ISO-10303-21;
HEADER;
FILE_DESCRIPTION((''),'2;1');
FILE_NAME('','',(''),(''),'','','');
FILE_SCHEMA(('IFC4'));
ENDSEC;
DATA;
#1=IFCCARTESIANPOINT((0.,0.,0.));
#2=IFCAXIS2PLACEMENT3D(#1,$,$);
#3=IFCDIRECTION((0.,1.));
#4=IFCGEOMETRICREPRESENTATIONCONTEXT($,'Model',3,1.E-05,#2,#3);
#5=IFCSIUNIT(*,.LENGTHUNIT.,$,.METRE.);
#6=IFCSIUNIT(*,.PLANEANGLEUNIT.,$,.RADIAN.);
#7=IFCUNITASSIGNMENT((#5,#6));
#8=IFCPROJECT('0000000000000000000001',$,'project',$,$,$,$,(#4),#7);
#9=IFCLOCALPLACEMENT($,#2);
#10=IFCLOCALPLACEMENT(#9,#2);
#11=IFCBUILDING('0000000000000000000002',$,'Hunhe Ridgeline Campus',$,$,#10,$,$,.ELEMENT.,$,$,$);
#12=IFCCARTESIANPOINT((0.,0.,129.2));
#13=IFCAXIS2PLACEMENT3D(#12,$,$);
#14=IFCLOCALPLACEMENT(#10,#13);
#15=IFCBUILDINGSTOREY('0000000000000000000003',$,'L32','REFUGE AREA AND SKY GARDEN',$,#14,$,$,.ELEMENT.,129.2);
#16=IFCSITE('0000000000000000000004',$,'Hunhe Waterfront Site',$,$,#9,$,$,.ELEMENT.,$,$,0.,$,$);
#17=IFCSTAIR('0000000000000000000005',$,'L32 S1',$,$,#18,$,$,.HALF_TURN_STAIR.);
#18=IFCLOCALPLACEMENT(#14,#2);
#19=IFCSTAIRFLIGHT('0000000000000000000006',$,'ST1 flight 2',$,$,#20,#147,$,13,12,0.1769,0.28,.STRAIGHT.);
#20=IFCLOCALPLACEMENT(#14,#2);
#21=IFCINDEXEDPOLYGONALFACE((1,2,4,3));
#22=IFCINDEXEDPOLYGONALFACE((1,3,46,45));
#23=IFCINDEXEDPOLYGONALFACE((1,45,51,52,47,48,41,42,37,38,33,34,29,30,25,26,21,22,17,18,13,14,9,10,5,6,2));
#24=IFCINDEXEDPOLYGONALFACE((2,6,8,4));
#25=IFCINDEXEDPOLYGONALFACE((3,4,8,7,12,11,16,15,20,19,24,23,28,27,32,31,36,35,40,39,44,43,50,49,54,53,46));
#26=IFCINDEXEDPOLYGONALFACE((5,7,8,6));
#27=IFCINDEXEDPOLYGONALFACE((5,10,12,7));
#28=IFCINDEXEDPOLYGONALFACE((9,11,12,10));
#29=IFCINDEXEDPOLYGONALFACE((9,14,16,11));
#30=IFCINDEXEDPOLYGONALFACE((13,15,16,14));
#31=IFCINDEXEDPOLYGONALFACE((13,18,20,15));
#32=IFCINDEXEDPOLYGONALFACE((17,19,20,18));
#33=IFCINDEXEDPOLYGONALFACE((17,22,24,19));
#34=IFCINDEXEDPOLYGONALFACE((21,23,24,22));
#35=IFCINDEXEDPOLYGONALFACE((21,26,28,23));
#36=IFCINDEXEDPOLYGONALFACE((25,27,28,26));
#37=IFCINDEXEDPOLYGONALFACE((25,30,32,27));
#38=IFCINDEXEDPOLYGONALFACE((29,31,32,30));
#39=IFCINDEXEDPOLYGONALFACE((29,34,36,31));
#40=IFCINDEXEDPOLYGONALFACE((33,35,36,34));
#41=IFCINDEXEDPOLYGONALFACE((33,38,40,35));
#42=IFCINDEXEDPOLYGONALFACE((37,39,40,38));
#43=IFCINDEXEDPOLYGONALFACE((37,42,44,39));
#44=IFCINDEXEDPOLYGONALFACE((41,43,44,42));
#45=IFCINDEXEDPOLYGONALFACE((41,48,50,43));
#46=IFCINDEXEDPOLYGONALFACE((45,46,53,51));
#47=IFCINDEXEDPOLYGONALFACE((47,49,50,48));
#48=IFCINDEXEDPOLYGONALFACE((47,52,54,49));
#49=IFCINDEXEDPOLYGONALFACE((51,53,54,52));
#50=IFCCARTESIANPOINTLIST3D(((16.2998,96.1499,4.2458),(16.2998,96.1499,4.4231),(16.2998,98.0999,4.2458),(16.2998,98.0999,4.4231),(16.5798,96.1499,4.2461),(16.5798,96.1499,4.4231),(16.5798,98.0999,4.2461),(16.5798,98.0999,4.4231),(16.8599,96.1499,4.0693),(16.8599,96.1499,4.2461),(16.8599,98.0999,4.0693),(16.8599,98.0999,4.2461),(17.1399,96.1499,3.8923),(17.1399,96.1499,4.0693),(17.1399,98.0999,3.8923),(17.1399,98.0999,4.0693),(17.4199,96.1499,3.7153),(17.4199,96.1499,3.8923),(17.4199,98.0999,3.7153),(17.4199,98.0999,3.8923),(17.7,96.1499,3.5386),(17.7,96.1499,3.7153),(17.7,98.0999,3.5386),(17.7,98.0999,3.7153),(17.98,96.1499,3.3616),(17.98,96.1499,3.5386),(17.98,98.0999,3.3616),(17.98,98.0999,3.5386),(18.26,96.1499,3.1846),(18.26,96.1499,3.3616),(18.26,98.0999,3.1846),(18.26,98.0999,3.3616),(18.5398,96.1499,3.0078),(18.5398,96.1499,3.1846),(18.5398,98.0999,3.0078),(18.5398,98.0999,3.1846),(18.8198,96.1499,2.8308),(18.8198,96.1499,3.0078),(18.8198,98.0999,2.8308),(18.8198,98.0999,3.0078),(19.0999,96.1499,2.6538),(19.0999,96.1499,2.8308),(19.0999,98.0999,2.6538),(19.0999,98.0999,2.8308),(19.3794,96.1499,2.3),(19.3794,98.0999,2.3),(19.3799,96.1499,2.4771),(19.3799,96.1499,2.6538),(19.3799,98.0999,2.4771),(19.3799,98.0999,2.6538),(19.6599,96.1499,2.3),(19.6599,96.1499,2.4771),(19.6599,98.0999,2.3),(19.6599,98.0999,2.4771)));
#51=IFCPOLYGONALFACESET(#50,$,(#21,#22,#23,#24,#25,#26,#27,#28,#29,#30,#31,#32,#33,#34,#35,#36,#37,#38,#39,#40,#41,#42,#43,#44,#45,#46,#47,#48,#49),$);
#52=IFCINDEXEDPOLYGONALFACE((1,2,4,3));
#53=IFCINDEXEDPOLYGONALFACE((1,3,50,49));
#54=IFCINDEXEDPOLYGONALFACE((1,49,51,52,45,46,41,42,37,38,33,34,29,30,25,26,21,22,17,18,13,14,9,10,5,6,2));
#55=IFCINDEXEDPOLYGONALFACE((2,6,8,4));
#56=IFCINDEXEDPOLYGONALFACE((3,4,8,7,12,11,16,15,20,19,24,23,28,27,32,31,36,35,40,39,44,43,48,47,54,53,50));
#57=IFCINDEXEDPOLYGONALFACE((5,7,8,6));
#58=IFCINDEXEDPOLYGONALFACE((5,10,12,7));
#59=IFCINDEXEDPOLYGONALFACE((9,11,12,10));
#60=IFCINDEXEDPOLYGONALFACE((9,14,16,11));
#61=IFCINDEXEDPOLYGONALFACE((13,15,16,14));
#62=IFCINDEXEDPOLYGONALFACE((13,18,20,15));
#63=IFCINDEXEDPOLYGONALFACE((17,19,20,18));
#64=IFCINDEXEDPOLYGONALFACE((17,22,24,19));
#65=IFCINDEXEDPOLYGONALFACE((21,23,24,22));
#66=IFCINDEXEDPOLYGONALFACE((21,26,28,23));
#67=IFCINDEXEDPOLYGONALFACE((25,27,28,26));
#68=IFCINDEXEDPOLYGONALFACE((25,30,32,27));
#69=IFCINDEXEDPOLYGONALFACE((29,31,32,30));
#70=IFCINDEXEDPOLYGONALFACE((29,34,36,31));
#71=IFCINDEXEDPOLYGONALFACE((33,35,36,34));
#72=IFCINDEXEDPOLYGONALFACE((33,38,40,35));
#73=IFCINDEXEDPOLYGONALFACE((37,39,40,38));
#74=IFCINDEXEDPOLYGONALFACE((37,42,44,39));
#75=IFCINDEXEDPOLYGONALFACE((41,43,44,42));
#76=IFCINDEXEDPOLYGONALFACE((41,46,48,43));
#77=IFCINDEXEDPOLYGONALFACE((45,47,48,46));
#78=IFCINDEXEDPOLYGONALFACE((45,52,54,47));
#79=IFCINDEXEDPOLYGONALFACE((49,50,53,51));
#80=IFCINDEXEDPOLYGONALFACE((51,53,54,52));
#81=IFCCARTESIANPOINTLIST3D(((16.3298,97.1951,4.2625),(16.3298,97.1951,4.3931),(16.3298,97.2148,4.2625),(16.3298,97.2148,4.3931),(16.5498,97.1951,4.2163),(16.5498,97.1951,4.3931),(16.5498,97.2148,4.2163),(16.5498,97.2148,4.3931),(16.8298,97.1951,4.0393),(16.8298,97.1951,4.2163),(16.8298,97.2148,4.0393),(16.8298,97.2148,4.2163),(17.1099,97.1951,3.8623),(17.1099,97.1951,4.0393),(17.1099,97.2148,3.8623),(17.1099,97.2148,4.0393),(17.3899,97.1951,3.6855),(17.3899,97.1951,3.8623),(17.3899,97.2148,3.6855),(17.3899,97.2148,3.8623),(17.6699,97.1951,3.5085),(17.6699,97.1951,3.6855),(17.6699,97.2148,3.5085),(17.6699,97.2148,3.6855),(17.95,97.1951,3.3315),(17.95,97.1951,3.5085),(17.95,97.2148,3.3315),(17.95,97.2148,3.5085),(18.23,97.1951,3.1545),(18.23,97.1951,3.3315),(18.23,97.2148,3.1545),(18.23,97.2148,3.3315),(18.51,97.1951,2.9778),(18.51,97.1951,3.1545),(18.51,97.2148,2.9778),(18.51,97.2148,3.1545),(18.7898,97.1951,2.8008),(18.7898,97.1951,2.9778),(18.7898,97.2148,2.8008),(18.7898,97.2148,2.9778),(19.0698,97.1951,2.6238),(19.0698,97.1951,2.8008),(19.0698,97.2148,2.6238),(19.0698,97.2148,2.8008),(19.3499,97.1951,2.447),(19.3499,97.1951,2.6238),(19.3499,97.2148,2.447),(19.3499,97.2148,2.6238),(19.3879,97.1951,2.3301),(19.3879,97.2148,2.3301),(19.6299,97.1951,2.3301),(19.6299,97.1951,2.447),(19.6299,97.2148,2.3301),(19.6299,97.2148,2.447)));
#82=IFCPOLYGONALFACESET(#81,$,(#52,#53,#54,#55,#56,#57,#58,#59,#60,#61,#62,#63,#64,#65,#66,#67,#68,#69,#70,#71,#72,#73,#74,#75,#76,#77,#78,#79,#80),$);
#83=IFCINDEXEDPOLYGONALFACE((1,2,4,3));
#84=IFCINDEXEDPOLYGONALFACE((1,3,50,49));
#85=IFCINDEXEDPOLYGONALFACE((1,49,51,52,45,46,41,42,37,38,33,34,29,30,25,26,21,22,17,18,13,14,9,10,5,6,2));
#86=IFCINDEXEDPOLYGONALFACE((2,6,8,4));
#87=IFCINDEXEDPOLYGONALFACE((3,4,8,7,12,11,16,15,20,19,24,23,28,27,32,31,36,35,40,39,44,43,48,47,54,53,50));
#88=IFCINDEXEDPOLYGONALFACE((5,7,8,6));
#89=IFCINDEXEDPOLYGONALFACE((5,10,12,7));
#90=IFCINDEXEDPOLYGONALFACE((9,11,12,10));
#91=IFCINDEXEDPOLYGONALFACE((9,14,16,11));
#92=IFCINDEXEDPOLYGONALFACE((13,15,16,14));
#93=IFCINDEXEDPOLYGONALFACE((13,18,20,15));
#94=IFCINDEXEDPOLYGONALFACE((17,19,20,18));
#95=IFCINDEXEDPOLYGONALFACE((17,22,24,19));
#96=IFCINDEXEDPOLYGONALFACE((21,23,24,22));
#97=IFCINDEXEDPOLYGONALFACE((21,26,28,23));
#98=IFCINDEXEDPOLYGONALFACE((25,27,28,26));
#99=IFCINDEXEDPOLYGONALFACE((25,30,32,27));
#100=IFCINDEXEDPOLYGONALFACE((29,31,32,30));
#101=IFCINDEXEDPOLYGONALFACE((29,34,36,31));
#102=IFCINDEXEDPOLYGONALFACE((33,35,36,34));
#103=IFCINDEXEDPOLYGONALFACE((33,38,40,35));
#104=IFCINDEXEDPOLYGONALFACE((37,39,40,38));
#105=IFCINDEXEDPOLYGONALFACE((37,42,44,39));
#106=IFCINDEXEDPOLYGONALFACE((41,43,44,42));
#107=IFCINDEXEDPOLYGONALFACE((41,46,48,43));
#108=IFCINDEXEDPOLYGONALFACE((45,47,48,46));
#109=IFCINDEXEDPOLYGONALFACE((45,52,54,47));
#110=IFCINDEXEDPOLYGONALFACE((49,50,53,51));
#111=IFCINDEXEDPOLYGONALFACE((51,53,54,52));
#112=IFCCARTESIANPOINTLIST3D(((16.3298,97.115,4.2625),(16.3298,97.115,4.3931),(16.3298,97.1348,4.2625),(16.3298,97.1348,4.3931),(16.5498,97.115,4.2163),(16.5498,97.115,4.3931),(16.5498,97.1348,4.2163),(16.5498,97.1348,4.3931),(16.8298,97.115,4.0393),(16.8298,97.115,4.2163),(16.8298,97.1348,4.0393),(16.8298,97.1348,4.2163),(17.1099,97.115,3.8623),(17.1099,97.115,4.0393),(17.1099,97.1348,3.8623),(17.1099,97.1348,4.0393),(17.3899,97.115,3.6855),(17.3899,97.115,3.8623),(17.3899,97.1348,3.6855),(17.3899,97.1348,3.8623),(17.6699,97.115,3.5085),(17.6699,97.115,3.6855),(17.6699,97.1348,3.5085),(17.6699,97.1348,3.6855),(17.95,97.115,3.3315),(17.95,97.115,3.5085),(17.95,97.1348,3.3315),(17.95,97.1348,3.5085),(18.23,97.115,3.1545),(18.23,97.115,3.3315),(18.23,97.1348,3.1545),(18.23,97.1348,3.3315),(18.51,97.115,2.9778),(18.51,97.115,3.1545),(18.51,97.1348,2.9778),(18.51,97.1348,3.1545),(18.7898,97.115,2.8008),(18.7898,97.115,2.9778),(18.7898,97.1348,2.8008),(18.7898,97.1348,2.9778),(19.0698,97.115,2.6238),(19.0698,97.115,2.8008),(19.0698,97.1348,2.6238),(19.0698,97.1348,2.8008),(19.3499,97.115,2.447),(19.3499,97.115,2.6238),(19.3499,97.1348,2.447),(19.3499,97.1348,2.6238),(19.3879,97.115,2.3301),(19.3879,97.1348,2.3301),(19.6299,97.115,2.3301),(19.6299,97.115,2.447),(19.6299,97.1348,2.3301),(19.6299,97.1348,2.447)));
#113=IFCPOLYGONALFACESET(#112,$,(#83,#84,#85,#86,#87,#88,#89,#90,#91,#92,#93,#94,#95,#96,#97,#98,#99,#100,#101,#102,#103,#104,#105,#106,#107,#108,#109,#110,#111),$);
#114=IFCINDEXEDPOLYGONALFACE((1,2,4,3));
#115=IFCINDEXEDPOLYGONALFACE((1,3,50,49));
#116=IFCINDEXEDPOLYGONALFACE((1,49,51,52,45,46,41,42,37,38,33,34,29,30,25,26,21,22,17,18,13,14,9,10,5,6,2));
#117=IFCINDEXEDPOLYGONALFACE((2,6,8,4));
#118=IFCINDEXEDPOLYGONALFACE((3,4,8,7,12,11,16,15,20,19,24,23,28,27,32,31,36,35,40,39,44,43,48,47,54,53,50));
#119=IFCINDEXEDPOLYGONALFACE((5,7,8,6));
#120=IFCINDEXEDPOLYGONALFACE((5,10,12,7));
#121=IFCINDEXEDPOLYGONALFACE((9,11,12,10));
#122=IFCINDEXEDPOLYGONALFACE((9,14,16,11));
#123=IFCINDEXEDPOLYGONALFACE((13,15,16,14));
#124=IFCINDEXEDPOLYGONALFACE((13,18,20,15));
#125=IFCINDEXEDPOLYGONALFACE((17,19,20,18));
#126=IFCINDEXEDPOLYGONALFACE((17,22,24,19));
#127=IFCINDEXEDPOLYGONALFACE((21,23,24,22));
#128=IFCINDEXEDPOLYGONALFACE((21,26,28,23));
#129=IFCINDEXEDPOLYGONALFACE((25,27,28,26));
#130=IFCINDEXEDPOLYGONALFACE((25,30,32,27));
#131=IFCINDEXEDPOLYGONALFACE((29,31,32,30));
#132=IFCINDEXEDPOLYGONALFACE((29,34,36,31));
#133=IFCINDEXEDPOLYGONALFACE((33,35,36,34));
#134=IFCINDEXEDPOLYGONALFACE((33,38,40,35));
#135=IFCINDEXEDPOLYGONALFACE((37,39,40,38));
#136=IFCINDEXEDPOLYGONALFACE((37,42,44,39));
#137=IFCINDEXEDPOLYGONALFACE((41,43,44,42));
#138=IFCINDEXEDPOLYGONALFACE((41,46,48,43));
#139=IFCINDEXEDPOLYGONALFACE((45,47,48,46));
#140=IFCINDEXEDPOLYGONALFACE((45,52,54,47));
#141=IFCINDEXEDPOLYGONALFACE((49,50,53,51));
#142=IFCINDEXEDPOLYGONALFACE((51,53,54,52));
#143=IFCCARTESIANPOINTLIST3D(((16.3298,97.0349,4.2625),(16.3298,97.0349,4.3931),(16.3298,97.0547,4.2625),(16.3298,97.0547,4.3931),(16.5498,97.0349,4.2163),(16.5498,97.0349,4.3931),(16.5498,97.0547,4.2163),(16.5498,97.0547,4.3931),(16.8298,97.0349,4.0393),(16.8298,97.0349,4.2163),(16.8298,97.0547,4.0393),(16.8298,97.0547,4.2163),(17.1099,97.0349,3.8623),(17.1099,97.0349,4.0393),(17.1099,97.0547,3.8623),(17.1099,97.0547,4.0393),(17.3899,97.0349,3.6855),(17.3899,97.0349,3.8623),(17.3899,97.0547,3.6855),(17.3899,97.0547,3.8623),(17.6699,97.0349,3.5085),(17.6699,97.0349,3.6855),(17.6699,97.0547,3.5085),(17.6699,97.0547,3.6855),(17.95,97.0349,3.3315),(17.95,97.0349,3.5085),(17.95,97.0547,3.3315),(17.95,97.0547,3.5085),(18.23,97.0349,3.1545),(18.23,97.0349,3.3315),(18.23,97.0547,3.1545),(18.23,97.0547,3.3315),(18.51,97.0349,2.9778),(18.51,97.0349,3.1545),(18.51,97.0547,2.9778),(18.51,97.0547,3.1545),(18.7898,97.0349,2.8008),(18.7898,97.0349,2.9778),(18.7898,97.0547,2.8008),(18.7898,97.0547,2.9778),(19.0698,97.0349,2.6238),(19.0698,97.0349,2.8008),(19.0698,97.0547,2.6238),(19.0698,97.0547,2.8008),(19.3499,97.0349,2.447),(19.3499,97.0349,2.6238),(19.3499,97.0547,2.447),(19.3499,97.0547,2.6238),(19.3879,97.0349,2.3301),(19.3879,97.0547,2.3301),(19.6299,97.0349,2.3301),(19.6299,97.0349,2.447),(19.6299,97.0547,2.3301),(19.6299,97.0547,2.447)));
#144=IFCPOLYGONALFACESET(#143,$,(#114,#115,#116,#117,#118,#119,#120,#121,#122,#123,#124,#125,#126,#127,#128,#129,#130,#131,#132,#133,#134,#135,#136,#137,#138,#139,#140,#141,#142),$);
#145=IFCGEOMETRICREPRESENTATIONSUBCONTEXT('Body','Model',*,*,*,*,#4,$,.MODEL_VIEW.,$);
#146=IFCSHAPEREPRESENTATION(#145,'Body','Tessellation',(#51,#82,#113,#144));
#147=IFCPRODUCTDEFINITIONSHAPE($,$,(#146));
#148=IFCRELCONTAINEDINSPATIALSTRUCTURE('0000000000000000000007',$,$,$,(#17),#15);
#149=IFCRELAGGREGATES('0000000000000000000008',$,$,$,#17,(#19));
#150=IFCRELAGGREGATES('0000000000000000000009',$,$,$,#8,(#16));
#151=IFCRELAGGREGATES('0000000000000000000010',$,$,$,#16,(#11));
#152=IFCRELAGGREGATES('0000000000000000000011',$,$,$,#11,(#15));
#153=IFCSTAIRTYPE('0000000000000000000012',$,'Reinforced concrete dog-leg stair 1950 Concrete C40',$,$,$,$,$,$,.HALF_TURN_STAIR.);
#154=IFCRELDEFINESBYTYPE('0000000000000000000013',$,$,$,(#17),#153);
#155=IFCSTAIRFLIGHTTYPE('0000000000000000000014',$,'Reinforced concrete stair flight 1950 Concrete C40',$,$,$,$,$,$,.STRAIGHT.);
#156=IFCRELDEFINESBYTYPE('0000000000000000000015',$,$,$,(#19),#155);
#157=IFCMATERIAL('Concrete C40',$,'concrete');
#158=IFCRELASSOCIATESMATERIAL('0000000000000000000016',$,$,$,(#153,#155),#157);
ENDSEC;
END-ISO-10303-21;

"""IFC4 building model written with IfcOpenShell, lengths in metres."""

from ifc_helpers import new_model, si_unit, direction, frame, origin, place, context, subcontext, project, spatial, polyline, outline, extrude, material, type_object, element, aggregate, save


model = new_model("IFC4")

# Units and contexts
model_context = context("Model", 3, precision=1e-05, world=origin(), true_north=direction((0.0, 1.0)))
body_context = subcontext(model_context, "Body", "Model", "MODEL_VIEW")
ifc_project = project(units=[si_unit("LENGTHUNIT", "METRE"), si_unit("PLANEANGLEUNIT", "RADIAN")], contexts=[model_context])

# Site, building, storey
site_placement = place(None, origin())
site = spatial("IfcSite", under=ifc_project, at=site_placement, Name="Hunhe Waterfront Site", CompositionType="ELEMENT", RefElevation=0.0)
building_placement = place(site_placement, origin())
building = spatial("IfcBuilding", under=site, at=building_placement, Name="Hunhe Ridgeline Campus", CompositionType="ELEMENT")
storey_placement = place(building_placement, frame((0.0, 0.0, 129.2)))
storey = spatial("IfcBuildingStorey", under=building, at=storey_placement, Name="L32", Description="REFUGE AREA AND SKY GARDEN", CompositionType="ELEMENT", Elevation=129.2)

# Stair, stair flight
ifc_material_1 = material(Name="Concrete C40", Category="concrete")
stair_type = type_object("IfcStairType", Name="Reinforced concrete dog-leg stair 1950 Concrete C40", PredefinedType="HALF_TURN_STAIR", material=ifc_material_1)
stair_placement = place(storey_placement, origin())
stair = element("IfcStair", 1, at=stair_placement, inside=storey, type_object=stair_type, Name="L32 S1", PredefinedType="HALF_TURN_STAIR")
stair_flight_type = type_object("IfcStairFlightType", Name="Reinforced concrete stair flight 1950 Concrete C40", PredefinedType="STRAIGHT", material=ifc_material_1)
stair_flight_1_placement = place(storey_placement, frame((19.6599, 97.125, 2.3), z_axis=(0.0, 0.0, 1.0), x_axis=(-1.0, 0.0, 0.0)))
stair_flight_1 = element("IfcStairFlight", 2, at=stair_flight_1_placement, type_object=stair_flight_type, Name="ST1 flight 2", NumberOfRisers=13, NumberOfTreads=12, PredefinedType="STRAIGHT", RiserHeight=0.1769, TreadLength=0.28, context=body_context, shape_type="SweptSolid", body=[
    extrude(outline(polyline([(0.0, 0.0), (0.0, 0.177), (0.28, 0.177), (0.28, 0.3538), (0.5601, 0.3538), (0.5601, 0.5308), (0.8401, 0.5308), (0.8401, 0.7078), (1.1201, 0.7078), (1.1201, 0.8845), (1.3999, 0.8845), (1.3999, 1.0615), (1.6799, 1.0615), (1.6799, 1.2385), (1.96, 1.2385), (1.96, 1.4153), (2.24, 1.4153), (2.24, 1.5923), (2.52, 1.5923), (2.52, 1.7693), (2.8, 1.7693), (2.8, 1.946), (3.0801, 1.946), (3.0801, 2.123), (3.3601, 2.123), (3.3601, 2.3), (3.3601, 1.9458), (0.2805, 0.0), (0.0, 0.0)])), frame((0.0, 0.9751, 0.0), z_axis=(0.0, -1.0, 0.0), x_axis=(1.0, 0.0, 0.0)), (0.0, 0.0, 1.0), 1.95),
    extrude(outline(polyline([(0.03, 0.03), (0.03, 0.147), (0.3101, 0.147), (0.3101, 0.3237), (0.5901, 0.3237), (0.5901, 0.5007), (0.8701, 0.5007), (0.8701, 0.6777), (1.1499, 0.6777), (1.1499, 0.8545), (1.4299, 0.8545), (1.4299, 1.0315), (1.71, 1.0315), (1.71, 1.2085), (1.99, 1.2085), (1.99, 1.3855), (2.27, 1.3855), (2.27, 1.5623), (2.55, 1.5623), (2.55, 1.7393), (2.8301, 1.7393), (2.8301, 1.9163), (3.1101, 1.9163), (3.1101, 2.093), (3.3301, 2.093), (3.3301, 1.9624), (0.272, 0.03), (0.03, 0.03)])), frame((0.0, -0.0701, 0.0), z_axis=(0.0, -1.0, 0.0), x_axis=(1.0, 0.0, 0.0)), (0.0, 0.0, 1.0), 0.0198),
    extrude(outline(polyline([(0.03, 0.03), (0.03, 0.147), (0.3101, 0.147), (0.3101, 0.3237), (0.5901, 0.3237), (0.5901, 0.5007), (0.8701, 0.5007), (0.8701, 0.6777), (1.1499, 0.6777), (1.1499, 0.8545), (1.4299, 0.8545), (1.4299, 1.0315), (1.71, 1.0315), (1.71, 1.2085), (1.99, 1.2085), (1.99, 1.3855), (2.27, 1.3855), (2.27, 1.5623), (2.55, 1.5623), (2.55, 1.7393), (2.8301, 1.7393), (2.8301, 1.9163), (3.1101, 1.9163), (3.1101, 2.093), (3.3301, 2.093), (3.3301, 1.9624), (0.272, 0.03), (0.03, 0.03)])), frame((0.0, 0.01, 0.0), z_axis=(0.0, -1.0, 0.0), x_axis=(1.0, 0.0, 0.0)), (0.0, 0.0, 1.0), 0.0198),
    extrude(outline(polyline([(0.03, 0.03), (0.03, 0.147), (0.3101, 0.147), (0.3101, 0.3237), (0.5901, 0.3237), (0.5901, 0.5007), (0.8701, 0.5007), (0.8701, 0.6777), (1.1499, 0.6777), (1.1499, 0.8545), (1.4299, 0.8545), (1.4299, 1.0315), (1.71, 1.0315), (1.71, 1.2085), (1.99, 1.2085), (1.99, 1.3855), (2.27, 1.3855), (2.27, 1.5623), (2.55, 1.5623), (2.55, 1.7393), (2.8301, 1.7393), (2.8301, 1.9163), (3.1101, 1.9163), (3.1101, 2.093), (3.3301, 2.093), (3.3301, 1.9624), (0.272, 0.03), (0.03, 0.03)])), frame((0.0, 0.0901, 0.0), z_axis=(0.0, -1.0, 0.0), x_axis=(1.0, 0.0, 0.0)), (0.0, 0.0, 1.0), 0.0198),
])
aggregate(stair, [stair_flight_1])

save(model, "model.ifc")
